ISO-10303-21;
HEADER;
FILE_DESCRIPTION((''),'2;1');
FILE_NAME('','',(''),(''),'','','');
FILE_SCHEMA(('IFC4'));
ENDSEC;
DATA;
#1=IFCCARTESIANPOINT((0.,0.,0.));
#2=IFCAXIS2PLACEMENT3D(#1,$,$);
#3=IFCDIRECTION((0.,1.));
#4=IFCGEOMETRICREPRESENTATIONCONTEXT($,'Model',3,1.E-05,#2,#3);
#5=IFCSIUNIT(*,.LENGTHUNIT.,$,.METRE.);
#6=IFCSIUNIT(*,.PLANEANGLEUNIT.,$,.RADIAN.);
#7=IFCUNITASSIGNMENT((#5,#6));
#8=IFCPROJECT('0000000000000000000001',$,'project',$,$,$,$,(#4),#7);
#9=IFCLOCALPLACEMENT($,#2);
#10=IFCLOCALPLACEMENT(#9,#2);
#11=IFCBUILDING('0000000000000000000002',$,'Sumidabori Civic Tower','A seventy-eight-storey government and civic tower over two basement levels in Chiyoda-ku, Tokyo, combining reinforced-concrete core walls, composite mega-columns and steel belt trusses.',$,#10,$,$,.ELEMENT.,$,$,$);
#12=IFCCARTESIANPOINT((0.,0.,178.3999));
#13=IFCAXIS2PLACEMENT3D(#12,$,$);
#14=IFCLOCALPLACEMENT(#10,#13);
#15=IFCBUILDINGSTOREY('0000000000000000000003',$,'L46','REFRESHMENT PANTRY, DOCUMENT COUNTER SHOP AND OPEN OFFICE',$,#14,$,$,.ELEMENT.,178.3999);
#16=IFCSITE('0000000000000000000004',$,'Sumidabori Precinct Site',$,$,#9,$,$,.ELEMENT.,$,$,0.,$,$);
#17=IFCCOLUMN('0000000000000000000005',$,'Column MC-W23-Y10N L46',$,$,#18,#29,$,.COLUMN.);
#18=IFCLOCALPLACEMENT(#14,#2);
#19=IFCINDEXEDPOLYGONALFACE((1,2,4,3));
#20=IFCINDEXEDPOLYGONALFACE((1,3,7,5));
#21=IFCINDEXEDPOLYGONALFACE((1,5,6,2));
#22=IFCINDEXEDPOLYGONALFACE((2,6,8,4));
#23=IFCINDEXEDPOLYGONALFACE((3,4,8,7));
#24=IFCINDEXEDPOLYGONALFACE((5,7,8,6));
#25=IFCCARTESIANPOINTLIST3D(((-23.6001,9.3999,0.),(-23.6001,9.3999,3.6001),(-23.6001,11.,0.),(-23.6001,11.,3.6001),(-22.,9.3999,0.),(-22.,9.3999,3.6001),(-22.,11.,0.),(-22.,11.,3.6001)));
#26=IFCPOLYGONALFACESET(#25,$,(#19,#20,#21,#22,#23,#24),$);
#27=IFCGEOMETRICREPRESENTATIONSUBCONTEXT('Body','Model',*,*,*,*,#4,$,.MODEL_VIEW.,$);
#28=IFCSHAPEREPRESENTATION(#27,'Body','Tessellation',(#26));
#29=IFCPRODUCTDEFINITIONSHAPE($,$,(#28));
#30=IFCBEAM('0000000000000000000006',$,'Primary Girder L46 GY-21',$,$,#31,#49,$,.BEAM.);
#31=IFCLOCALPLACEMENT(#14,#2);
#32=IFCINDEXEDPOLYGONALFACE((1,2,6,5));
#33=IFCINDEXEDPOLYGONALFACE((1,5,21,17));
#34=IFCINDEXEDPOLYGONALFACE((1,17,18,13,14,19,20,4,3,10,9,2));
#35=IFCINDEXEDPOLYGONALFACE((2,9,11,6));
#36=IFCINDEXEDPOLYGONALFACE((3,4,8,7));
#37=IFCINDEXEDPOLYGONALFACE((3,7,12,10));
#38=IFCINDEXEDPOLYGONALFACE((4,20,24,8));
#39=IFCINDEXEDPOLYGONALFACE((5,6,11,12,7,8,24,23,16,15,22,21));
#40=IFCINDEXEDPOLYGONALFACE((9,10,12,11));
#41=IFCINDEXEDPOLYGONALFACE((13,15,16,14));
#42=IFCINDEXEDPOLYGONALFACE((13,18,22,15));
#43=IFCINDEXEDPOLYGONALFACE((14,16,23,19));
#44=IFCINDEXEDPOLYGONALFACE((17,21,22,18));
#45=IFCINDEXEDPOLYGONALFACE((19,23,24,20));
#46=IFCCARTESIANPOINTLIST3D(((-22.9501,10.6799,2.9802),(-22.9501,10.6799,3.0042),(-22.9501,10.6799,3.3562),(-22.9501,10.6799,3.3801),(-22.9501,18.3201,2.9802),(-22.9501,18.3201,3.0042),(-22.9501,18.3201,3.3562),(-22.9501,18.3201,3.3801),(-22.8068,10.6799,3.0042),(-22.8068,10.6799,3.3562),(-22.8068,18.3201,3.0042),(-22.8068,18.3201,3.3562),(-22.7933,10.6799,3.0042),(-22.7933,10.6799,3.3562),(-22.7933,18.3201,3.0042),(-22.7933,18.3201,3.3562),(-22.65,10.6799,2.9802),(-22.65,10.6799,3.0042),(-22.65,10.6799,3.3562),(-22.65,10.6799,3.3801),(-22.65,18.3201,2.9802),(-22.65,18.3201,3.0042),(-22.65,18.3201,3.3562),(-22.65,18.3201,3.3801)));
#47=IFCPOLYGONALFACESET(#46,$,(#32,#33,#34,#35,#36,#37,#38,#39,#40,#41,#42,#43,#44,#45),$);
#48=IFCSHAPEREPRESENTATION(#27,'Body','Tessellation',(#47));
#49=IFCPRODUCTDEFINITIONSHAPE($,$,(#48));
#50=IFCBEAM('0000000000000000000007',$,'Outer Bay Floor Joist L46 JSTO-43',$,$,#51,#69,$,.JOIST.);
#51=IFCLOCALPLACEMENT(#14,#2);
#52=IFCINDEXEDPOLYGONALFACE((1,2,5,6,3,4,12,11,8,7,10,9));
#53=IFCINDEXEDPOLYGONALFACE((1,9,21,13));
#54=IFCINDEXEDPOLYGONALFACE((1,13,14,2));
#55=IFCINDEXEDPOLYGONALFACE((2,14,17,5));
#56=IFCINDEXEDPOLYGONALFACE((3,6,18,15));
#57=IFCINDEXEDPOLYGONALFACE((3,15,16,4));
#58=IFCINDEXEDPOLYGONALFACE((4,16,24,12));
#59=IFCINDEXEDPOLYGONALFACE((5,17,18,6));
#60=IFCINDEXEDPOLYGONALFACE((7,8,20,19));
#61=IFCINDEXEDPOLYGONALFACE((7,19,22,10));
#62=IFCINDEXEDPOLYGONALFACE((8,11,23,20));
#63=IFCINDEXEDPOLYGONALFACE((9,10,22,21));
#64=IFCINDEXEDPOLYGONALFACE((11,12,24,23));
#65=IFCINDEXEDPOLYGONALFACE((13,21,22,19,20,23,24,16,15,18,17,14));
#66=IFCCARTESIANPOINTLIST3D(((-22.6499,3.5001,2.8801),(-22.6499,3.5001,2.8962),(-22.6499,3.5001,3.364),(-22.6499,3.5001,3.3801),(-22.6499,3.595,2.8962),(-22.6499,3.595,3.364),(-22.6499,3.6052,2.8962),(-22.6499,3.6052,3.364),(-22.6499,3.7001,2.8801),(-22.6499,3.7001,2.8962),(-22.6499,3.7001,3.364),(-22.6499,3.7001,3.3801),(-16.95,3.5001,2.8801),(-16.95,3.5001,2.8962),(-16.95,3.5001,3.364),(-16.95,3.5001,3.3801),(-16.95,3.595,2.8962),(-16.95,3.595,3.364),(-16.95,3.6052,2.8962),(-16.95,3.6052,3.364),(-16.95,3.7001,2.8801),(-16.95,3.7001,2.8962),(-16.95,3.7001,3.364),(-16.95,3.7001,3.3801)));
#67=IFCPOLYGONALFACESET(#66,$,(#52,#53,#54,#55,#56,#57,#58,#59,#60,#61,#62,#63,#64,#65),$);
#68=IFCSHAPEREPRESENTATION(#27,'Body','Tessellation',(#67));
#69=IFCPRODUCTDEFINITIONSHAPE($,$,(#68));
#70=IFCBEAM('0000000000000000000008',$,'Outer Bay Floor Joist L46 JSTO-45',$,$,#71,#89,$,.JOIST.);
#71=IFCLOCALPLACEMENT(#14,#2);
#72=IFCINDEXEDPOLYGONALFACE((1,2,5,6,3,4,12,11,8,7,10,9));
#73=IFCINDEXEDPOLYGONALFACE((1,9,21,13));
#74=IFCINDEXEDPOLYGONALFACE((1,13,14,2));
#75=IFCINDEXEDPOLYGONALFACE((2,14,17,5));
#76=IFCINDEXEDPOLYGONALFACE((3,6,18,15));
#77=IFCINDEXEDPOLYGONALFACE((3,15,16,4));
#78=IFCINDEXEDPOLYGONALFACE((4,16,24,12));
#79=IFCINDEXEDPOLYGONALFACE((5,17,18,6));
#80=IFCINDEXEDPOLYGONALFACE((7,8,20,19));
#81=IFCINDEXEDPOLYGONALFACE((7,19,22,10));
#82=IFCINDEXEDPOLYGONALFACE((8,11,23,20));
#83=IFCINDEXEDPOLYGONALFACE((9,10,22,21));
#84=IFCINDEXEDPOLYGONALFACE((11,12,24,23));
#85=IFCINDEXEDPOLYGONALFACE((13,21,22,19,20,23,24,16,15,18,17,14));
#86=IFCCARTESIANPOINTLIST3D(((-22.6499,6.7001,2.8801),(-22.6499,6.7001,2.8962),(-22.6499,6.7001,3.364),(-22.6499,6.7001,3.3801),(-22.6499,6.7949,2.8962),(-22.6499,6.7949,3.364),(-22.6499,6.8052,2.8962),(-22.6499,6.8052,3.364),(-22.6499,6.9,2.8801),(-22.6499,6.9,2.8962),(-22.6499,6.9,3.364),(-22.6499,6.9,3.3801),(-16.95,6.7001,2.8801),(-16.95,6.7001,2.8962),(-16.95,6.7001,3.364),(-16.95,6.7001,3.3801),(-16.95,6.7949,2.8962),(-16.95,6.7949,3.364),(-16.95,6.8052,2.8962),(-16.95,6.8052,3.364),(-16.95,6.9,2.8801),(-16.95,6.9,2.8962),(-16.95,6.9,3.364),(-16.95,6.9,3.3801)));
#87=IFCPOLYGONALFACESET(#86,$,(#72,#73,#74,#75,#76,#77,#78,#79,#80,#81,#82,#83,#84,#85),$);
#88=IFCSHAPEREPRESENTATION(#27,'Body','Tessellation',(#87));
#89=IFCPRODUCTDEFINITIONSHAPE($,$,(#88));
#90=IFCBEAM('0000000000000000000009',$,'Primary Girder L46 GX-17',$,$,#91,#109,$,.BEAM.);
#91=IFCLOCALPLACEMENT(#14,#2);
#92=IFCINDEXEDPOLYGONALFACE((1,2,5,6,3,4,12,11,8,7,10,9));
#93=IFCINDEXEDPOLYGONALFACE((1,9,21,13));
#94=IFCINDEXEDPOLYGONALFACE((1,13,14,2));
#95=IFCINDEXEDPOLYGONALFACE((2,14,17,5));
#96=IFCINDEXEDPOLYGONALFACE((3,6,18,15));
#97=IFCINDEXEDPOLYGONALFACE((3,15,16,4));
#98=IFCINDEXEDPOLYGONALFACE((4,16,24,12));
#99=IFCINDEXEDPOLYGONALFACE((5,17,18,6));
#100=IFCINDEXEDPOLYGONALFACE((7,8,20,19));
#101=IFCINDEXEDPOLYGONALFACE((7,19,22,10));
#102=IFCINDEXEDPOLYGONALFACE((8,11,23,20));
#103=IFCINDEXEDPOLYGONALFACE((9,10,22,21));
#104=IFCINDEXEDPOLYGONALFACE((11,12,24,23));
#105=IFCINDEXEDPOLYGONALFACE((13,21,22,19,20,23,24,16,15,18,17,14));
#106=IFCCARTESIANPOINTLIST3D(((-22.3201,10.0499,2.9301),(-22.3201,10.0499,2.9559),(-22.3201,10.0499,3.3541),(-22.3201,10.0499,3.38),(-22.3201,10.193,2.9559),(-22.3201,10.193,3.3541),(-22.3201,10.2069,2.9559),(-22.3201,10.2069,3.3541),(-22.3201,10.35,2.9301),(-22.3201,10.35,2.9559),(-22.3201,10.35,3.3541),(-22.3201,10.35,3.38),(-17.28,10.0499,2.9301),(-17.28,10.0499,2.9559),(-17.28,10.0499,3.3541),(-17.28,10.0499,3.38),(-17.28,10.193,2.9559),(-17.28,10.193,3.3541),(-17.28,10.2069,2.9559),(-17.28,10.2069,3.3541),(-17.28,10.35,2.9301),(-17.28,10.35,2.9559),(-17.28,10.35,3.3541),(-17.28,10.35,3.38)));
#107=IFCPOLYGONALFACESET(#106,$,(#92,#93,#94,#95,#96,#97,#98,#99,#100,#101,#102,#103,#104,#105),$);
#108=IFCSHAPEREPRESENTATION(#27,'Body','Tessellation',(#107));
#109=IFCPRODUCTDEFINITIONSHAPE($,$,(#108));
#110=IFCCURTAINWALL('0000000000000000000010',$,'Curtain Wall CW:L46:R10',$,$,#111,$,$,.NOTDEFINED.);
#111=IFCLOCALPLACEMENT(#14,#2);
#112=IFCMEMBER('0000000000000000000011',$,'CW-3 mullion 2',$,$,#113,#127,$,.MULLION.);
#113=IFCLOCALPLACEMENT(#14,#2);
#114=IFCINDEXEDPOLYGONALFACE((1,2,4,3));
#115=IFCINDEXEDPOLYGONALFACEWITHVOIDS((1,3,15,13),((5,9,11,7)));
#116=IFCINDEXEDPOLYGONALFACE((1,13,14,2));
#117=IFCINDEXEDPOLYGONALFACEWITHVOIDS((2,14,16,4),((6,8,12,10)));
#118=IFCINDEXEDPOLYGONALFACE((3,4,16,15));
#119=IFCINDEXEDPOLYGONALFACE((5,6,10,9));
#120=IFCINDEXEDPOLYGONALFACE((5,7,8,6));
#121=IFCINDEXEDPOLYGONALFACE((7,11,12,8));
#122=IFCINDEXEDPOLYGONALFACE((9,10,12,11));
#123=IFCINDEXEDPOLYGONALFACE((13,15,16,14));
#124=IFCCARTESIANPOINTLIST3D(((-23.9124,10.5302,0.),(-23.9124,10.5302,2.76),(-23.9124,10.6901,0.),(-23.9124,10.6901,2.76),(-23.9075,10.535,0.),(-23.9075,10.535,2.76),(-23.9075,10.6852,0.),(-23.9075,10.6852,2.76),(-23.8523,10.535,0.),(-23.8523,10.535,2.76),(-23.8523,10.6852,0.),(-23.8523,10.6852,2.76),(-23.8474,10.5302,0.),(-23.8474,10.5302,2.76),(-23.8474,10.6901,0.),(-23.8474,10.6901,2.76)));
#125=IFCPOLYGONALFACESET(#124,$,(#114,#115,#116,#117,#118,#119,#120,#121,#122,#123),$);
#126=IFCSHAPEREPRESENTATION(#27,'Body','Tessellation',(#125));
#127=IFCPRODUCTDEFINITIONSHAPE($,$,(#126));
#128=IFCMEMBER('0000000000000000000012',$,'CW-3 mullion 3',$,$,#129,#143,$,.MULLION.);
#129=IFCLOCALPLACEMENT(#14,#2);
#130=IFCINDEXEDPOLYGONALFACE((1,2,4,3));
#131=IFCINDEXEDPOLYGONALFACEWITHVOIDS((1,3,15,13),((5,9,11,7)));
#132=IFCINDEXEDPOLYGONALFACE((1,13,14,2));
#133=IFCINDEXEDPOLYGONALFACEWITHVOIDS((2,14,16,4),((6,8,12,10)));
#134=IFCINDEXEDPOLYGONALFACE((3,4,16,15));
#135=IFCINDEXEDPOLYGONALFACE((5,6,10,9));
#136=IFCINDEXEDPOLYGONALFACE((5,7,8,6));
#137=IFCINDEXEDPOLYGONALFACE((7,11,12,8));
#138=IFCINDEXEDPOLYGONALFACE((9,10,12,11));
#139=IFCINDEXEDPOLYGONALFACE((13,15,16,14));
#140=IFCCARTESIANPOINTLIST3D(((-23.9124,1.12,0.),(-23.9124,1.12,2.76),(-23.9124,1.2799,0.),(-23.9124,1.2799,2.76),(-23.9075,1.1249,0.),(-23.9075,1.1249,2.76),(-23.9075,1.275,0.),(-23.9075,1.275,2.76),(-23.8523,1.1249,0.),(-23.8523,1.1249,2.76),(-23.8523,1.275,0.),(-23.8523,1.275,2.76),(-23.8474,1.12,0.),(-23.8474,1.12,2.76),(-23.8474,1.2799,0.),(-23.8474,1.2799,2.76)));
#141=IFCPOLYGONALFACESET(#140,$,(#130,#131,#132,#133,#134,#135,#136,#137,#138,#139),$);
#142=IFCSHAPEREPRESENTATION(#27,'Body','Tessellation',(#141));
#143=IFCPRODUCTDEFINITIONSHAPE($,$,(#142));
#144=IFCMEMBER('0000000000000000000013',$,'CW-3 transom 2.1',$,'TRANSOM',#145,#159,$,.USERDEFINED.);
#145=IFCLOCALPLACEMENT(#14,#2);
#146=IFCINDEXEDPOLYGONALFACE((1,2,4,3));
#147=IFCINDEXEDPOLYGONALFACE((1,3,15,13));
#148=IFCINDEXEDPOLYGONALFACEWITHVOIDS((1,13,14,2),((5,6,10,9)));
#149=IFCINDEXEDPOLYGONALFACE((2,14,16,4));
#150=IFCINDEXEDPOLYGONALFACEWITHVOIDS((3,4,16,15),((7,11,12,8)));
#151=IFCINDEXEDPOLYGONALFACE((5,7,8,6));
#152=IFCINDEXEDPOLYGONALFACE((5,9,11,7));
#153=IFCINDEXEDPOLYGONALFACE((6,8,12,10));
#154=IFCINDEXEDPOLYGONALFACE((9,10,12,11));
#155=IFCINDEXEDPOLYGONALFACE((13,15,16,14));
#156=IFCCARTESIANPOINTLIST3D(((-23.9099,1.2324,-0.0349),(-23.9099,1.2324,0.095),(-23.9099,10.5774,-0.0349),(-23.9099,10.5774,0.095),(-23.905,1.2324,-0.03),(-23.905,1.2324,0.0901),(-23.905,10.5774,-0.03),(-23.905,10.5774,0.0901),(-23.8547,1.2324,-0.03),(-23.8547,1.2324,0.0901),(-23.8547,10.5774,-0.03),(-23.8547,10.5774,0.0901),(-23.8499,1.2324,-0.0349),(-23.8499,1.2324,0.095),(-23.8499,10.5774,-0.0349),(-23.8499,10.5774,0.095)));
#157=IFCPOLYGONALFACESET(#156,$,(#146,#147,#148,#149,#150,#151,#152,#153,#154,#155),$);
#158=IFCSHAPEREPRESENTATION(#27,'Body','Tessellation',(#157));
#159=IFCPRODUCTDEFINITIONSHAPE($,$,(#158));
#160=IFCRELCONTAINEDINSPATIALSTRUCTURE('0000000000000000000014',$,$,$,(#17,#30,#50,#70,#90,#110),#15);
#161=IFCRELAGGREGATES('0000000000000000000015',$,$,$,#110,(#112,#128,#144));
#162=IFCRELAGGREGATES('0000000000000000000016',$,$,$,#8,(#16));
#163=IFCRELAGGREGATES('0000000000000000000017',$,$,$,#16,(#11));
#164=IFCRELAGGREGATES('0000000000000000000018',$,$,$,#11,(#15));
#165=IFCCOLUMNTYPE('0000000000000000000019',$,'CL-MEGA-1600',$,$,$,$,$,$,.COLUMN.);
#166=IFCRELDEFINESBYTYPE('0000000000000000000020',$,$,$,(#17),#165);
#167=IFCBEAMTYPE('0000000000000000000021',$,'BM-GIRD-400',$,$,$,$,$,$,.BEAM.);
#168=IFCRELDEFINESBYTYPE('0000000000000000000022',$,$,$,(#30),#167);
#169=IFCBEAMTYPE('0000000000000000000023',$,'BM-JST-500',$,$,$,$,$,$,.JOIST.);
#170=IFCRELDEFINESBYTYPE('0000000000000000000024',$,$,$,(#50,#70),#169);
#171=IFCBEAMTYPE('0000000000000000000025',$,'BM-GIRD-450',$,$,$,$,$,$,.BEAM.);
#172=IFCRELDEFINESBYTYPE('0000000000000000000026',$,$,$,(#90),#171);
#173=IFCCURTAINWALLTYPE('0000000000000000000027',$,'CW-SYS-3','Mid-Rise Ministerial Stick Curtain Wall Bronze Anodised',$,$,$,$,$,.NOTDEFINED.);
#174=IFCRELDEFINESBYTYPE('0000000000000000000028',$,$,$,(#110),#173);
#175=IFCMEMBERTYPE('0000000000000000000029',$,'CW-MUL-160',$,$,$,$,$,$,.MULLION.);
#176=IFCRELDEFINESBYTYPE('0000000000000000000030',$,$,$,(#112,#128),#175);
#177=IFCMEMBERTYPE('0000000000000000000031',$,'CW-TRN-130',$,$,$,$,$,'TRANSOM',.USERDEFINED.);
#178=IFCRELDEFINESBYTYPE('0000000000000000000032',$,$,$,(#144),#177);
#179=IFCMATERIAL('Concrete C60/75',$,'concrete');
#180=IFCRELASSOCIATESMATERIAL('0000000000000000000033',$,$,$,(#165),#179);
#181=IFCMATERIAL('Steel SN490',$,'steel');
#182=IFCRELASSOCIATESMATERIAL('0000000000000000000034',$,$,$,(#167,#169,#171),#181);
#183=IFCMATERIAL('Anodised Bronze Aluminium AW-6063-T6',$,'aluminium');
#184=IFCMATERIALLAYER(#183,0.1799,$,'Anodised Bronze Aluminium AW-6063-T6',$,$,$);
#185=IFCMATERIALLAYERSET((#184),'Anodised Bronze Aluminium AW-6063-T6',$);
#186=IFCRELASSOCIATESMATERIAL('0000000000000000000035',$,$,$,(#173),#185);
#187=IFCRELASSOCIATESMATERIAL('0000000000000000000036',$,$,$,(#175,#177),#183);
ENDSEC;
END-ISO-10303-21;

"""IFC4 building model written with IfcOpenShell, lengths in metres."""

from ifc_helpers import new_model, si_unit, direction, frame, origin, origin_2d, place, context, subcontext, project, spatial, rectangle, hollow_rectangle, i_section, extrude, source, transform, mapped, material, layer, layer_set, material_profile, profile_set, type_object, element, aggregate, save


model = new_model("IFC4")

# Units and contexts
model_context = context("Model", 3, precision=1e-05, world=origin(), true_north=direction((0.0, 1.0)))
body_context = subcontext(model_context, "Body", "Model", "MODEL_VIEW")
ifc_project = project(units=[si_unit("LENGTHUNIT", "METRE"), si_unit("PLANEANGLEUNIT", "RADIAN")], contexts=[model_context])

# Site, building, storey
site_placement = place(None, origin())
site = spatial("IfcSite", under=ifc_project, at=site_placement, Name="Sumidabori Precinct Site", CompositionType="ELEMENT", RefElevation=0.0)
building_placement = place(site_placement, origin())
building = spatial("IfcBuilding", under=site, at=building_placement, Name="Sumidabori Civic Tower", Description="A seventy-eight-storey government and civic tower over two basement levels in Chiyoda-ku, Tokyo, combining reinforced-concrete core walls, composite mega-columns and steel belt trusses.", CompositionType="ELEMENT")
storey_placement = place(building_placement, frame((0.0, 0.0, 178.3999)))
storey = spatial("IfcBuildingStorey", under=building, at=storey_placement, Name="L46", Description="REFRESHMENT PANTRY, DOCUMENT COUNTER SHOP AND OPEN OFFICE", CompositionType="ELEMENT", Elevation=178.3999)

# Column
ifc_material_1 = material(Name="Concrete C60/75", Category="concrete")
ifc_material_profile_1 = material_profile(ifc_material_1, rectangle(XDim=1.6001, YDim=1.6001, at=origin_2d()), Name="RC 1600x1600")
ifc_profile_set_1 = profile_set([ifc_material_profile_1], Name="Concrete C60/75")
column_type = type_object("IfcColumnType", Name="CL-MEGA-1600", PredefinedType="COLUMN", material=ifc_profile_set_1)
shared_shape_1 = source(origin(), body_context, "Body", "SweptSolid", [
    extrude(rectangle(XDim=1.6001, YDim=1.6001, at=origin_2d()), origin(), (0.0, 0.0, 1.0), 3.6001),
])
column_placement = place(storey_placement, frame((-22.8, 10.2, 0.0), z_axis=(0.0, 0.0, 1.0), x_axis=(1.0, 0.0, 0.0)))
element("IfcColumn", 1, at=column_placement, inside=storey, type_object=column_type, Name="Column MC-W23-Y10N L46", PredefinedType="COLUMN", context=body_context, shape_type="MappedRepresentation", body=[
    mapped(shared_shape_1, transform((0.0, 0.0, 0.0), x_axis=(1.0, 0.0, 0.0), y_axis=(0.0, 1.0, 0.0), z_axis=(0.0, 0.0, 1.0), scale=1.0)),
])

# Beams
ifc_material_2 = material(Name="Steel SN490", Category="steel")
ifc_material_profile_2 = material_profile(ifc_material_2, i_section(OverallWidth=0.3, OverallDepth=0.3999, WebThickness=0.0134, FlangeThickness=0.0239, at=origin_2d()), Name="HE 400 B")
ifc_profile_set_2 = profile_set([ifc_material_profile_2], Name="Steel SN490")
beam_type_1 = type_object("IfcBeamType", Name="BM-GIRD-400", PredefinedType="BEAM", material=ifc_profile_set_2)
shared_shape_2 = source(origin(), body_context, "Body", "SweptSolid", [
    extrude(i_section(OverallWidth=0.3, OverallDepth=0.3999, WebThickness=0.0134, FlangeThickness=0.0239, at=origin_2d()), origin(), (0.0, 0.0, 1.0), 7.6401),
])
beam_1_placement = place(storey_placement, frame((-22.8, 10.6799, 3.1802), z_axis=(0.0, 1.0, 0.0), x_axis=(-1.0, 0.0, 0.0)))
element("IfcBeam", 2, at=beam_1_placement, inside=storey, type_object=beam_type_1, Name="Primary Girder L46 GY-21", PredefinedType="BEAM", context=body_context, shape_type="MappedRepresentation", body=[
    mapped(shared_shape_2, transform((0.0, 0.0, 0.0), x_axis=(1.0, 0.0, 0.0), y_axis=(0.0, 1.0, 0.0), z_axis=(0.0, 0.0, 1.0), scale=1.0)),
])
ifc_material_profile_3 = material_profile(ifc_material_2, i_section(OverallWidth=0.2, OverallDepth=0.5, WebThickness=0.0103, FlangeThickness=0.0161, at=origin_2d()), Name="IPE 500")
ifc_profile_set_3 = profile_set([ifc_material_profile_3], Name="Steel SN490")
beam_type_2 = type_object("IfcBeamType", Name="BM-JST-500", PredefinedType="JOIST", material=ifc_profile_set_3)
shared_shape_3 = source(origin(), body_context, "Body", "SweptSolid", [
    extrude(i_section(OverallWidth=0.2, OverallDepth=0.5, WebThickness=0.0103, FlangeThickness=0.0161, at=origin_2d()), origin(), (0.0, 0.0, 1.0), 5.7),
])
for number, where, z_axis, x_axis, name in (
    (3, (-22.6499, 3.6001, 3.1301), (1.0, 0.0, 0.0), (0.0, 1.0, 0.0), "Outer Bay Floor Joist L46 JSTO-43"),
    (4, (-22.6499, 6.8, 3.1301), (1.0, 0.0, 0.0), (0.0, 1.0, 0.0), "Outer Bay Floor Joist L46 JSTO-45"),
):
    element("IfcBeam", number, at=place(storey_placement, frame(where, z_axis=z_axis, x_axis=x_axis)), inside=storey, type_object=beam_type_2, Name=name, PredefinedType="JOIST", context=body_context, shape_type="MappedRepresentation", body=[
        mapped(shared_shape_3, transform((0.0, 0.0, 0.0), x_axis=(1.0, 0.0, 0.0), y_axis=(0.0, 1.0, 0.0), z_axis=(0.0, 0.0, 1.0), scale=1.0)),
    ])
ifc_material_profile_4 = material_profile(ifc_material_2, i_section(OverallWidth=0.3, OverallDepth=0.45, WebThickness=0.0139, FlangeThickness=0.0259, at=origin_2d()), Name="HE 450 B")
ifc_profile_set_4 = profile_set([ifc_material_profile_4], Name="Steel SN490")
beam_type_3 = type_object("IfcBeamType", Name="BM-GIRD-450", PredefinedType="BEAM", material=ifc_profile_set_4)
shared_shape_4 = source(origin(), body_context, "Body", "SweptSolid", [
    extrude(i_section(OverallWidth=0.3, OverallDepth=0.45, WebThickness=0.0139, FlangeThickness=0.0259, at=origin_2d()), origin(), (0.0, 0.0, 1.0), 5.04),
])
beam_2_placement = place(storey_placement, frame((-22.3201, 10.2, 3.155), z_axis=(1.0, 0.0, 0.0), x_axis=(0.0, 1.0, 0.0)))
element("IfcBeam", 5, at=beam_2_placement, inside=storey, type_object=beam_type_3, Name="Primary Girder L46 GX-17", PredefinedType="BEAM", context=body_context, shape_type="MappedRepresentation", body=[
    mapped(shared_shape_4, transform((0.0, 0.0, 0.0), x_axis=(1.0, 0.0, 0.0), y_axis=(0.0, 1.0, 0.0), z_axis=(0.0, 0.0, 1.0), scale=1.0)),
])

# Curtain wall, members
ifc_material_3 = material(Name="Anodised Bronze Aluminium AW-6063-T6", Category="aluminium")
ifc_layer_1 = layer(ifc_material_3, 0.1799, Name="Anodised Bronze Aluminium AW-6063-T6")
ifc_layer_set_1 = layer_set([ifc_layer_1], Name="Anodised Bronze Aluminium AW-6063-T6")
curtain_wall_type = type_object("IfcCurtainWallType", Name="CW-SYS-3", Description="Mid-Rise Ministerial Stick Curtain Wall Bronze Anodised", PredefinedType="NOTDEFINED", material=ifc_layer_set_1)
curtain_wall_placement = place(storey_placement, origin())
curtain_wall = element("IfcCurtainWall", 6, at=curtain_wall_placement, inside=storey, type_object=curtain_wall_type, Name="Curtain Wall CW:L46:R10", PredefinedType="NOTDEFINED")
ifc_material_profile_5 = material_profile(ifc_material_3, hollow_rectangle(XDim=0.0649, YDim=0.1599, WallThickness=0.0049, at=origin_2d()), Name="ALU MULLION 160x65")
ifc_profile_set_5 = profile_set([ifc_material_profile_5], Name="Anodised Bronze Aluminium AW-6063-T6")
member_type_1 = type_object("IfcMemberType", Name="CW-MUL-160", PredefinedType="MULLION", material=ifc_profile_set_5)
shared_shape_5 = source(origin(), body_context, "Body", "SweptSolid", [
    extrude(hollow_rectangle(XDim=0.0649, YDim=0.1599, WallThickness=0.0049, at=origin_2d()), origin(), (0.0, 0.0, 1.0), 2.76),
])
member_1_placement = place(storey_placement, frame((-23.8799, 10.6101, 0.0), z_axis=(0.0, 0.0, 1.0), x_axis=(1.0, 0.0, 0.0)))
member_1 = element("IfcMember", 7, at=member_1_placement, type_object=member_type_1, Name="CW-3 mullion 2", PredefinedType="MULLION", context=body_context, shape_type="MappedRepresentation", body=[
    mapped(shared_shape_5, transform((0.0, 0.0, 0.0), x_axis=(1.0, 0.0, 0.0), y_axis=(0.0, 1.0, 0.0), z_axis=(0.0, 0.0, 1.0), scale=1.0)),
])
member_2_placement = place(storey_placement, frame((-23.8799, 1.2, 0.0), z_axis=(0.0, 0.0, 1.0), x_axis=(1.0, 0.0, 0.0)))
member_2 = element("IfcMember", 8, at=member_2_placement, type_object=member_type_1, Name="CW-3 mullion 3", PredefinedType="MULLION", context=body_context, shape_type="MappedRepresentation", body=[
    mapped(shared_shape_5, transform((0.0, 0.0, 0.0), x_axis=(1.0, 0.0, 0.0), y_axis=(0.0, 1.0, 0.0), z_axis=(0.0, 0.0, 1.0), scale=1.0)),
])
ifc_material_profile_6 = material_profile(ifc_material_3, hollow_rectangle(XDim=0.0601, YDim=0.1299, WallThickness=0.0049, at=origin_2d()), Name="ALU TRANSOM 130x60")
ifc_profile_set_6 = profile_set([ifc_material_profile_6], Name="Anodised Bronze Aluminium AW-6063-T6")
member_type_2 = type_object("IfcMemberType", Name="CW-TRN-130", ElementType="TRANSOM", PredefinedType="USERDEFINED", material=ifc_profile_set_6)
shared_shape_6 = source(origin(), body_context, "Body", "SweptSolid", [
    extrude(hollow_rectangle(XDim=0.0601, YDim=0.1299, WallThickness=0.0049, at=origin_2d()), origin(), (0.0, 0.0, 1.0), 9.345),
])
member_3_placement = place(storey_placement, frame((-23.8799, 10.5774, 0.03), z_axis=(0.0, -1.0, 0.0), x_axis=(1.0, 0.0, 0.0)))
member_3 = element("IfcMember", 9, at=member_3_placement, type_object=member_type_2, Name="CW-3 transom 2.1", ObjectType="TRANSOM", PredefinedType="USERDEFINED", context=body_context, shape_type="MappedRepresentation", body=[
    mapped(shared_shape_6, transform((0.0, 0.0, 0.0), x_axis=(1.0, 0.0, 0.0), y_axis=(0.0, 1.0, 0.0), z_axis=(0.0, 0.0, 1.0), scale=1.0)),
])
aggregate(curtain_wall, [member_1, member_2, member_3])

save(model, "model.ifc")
